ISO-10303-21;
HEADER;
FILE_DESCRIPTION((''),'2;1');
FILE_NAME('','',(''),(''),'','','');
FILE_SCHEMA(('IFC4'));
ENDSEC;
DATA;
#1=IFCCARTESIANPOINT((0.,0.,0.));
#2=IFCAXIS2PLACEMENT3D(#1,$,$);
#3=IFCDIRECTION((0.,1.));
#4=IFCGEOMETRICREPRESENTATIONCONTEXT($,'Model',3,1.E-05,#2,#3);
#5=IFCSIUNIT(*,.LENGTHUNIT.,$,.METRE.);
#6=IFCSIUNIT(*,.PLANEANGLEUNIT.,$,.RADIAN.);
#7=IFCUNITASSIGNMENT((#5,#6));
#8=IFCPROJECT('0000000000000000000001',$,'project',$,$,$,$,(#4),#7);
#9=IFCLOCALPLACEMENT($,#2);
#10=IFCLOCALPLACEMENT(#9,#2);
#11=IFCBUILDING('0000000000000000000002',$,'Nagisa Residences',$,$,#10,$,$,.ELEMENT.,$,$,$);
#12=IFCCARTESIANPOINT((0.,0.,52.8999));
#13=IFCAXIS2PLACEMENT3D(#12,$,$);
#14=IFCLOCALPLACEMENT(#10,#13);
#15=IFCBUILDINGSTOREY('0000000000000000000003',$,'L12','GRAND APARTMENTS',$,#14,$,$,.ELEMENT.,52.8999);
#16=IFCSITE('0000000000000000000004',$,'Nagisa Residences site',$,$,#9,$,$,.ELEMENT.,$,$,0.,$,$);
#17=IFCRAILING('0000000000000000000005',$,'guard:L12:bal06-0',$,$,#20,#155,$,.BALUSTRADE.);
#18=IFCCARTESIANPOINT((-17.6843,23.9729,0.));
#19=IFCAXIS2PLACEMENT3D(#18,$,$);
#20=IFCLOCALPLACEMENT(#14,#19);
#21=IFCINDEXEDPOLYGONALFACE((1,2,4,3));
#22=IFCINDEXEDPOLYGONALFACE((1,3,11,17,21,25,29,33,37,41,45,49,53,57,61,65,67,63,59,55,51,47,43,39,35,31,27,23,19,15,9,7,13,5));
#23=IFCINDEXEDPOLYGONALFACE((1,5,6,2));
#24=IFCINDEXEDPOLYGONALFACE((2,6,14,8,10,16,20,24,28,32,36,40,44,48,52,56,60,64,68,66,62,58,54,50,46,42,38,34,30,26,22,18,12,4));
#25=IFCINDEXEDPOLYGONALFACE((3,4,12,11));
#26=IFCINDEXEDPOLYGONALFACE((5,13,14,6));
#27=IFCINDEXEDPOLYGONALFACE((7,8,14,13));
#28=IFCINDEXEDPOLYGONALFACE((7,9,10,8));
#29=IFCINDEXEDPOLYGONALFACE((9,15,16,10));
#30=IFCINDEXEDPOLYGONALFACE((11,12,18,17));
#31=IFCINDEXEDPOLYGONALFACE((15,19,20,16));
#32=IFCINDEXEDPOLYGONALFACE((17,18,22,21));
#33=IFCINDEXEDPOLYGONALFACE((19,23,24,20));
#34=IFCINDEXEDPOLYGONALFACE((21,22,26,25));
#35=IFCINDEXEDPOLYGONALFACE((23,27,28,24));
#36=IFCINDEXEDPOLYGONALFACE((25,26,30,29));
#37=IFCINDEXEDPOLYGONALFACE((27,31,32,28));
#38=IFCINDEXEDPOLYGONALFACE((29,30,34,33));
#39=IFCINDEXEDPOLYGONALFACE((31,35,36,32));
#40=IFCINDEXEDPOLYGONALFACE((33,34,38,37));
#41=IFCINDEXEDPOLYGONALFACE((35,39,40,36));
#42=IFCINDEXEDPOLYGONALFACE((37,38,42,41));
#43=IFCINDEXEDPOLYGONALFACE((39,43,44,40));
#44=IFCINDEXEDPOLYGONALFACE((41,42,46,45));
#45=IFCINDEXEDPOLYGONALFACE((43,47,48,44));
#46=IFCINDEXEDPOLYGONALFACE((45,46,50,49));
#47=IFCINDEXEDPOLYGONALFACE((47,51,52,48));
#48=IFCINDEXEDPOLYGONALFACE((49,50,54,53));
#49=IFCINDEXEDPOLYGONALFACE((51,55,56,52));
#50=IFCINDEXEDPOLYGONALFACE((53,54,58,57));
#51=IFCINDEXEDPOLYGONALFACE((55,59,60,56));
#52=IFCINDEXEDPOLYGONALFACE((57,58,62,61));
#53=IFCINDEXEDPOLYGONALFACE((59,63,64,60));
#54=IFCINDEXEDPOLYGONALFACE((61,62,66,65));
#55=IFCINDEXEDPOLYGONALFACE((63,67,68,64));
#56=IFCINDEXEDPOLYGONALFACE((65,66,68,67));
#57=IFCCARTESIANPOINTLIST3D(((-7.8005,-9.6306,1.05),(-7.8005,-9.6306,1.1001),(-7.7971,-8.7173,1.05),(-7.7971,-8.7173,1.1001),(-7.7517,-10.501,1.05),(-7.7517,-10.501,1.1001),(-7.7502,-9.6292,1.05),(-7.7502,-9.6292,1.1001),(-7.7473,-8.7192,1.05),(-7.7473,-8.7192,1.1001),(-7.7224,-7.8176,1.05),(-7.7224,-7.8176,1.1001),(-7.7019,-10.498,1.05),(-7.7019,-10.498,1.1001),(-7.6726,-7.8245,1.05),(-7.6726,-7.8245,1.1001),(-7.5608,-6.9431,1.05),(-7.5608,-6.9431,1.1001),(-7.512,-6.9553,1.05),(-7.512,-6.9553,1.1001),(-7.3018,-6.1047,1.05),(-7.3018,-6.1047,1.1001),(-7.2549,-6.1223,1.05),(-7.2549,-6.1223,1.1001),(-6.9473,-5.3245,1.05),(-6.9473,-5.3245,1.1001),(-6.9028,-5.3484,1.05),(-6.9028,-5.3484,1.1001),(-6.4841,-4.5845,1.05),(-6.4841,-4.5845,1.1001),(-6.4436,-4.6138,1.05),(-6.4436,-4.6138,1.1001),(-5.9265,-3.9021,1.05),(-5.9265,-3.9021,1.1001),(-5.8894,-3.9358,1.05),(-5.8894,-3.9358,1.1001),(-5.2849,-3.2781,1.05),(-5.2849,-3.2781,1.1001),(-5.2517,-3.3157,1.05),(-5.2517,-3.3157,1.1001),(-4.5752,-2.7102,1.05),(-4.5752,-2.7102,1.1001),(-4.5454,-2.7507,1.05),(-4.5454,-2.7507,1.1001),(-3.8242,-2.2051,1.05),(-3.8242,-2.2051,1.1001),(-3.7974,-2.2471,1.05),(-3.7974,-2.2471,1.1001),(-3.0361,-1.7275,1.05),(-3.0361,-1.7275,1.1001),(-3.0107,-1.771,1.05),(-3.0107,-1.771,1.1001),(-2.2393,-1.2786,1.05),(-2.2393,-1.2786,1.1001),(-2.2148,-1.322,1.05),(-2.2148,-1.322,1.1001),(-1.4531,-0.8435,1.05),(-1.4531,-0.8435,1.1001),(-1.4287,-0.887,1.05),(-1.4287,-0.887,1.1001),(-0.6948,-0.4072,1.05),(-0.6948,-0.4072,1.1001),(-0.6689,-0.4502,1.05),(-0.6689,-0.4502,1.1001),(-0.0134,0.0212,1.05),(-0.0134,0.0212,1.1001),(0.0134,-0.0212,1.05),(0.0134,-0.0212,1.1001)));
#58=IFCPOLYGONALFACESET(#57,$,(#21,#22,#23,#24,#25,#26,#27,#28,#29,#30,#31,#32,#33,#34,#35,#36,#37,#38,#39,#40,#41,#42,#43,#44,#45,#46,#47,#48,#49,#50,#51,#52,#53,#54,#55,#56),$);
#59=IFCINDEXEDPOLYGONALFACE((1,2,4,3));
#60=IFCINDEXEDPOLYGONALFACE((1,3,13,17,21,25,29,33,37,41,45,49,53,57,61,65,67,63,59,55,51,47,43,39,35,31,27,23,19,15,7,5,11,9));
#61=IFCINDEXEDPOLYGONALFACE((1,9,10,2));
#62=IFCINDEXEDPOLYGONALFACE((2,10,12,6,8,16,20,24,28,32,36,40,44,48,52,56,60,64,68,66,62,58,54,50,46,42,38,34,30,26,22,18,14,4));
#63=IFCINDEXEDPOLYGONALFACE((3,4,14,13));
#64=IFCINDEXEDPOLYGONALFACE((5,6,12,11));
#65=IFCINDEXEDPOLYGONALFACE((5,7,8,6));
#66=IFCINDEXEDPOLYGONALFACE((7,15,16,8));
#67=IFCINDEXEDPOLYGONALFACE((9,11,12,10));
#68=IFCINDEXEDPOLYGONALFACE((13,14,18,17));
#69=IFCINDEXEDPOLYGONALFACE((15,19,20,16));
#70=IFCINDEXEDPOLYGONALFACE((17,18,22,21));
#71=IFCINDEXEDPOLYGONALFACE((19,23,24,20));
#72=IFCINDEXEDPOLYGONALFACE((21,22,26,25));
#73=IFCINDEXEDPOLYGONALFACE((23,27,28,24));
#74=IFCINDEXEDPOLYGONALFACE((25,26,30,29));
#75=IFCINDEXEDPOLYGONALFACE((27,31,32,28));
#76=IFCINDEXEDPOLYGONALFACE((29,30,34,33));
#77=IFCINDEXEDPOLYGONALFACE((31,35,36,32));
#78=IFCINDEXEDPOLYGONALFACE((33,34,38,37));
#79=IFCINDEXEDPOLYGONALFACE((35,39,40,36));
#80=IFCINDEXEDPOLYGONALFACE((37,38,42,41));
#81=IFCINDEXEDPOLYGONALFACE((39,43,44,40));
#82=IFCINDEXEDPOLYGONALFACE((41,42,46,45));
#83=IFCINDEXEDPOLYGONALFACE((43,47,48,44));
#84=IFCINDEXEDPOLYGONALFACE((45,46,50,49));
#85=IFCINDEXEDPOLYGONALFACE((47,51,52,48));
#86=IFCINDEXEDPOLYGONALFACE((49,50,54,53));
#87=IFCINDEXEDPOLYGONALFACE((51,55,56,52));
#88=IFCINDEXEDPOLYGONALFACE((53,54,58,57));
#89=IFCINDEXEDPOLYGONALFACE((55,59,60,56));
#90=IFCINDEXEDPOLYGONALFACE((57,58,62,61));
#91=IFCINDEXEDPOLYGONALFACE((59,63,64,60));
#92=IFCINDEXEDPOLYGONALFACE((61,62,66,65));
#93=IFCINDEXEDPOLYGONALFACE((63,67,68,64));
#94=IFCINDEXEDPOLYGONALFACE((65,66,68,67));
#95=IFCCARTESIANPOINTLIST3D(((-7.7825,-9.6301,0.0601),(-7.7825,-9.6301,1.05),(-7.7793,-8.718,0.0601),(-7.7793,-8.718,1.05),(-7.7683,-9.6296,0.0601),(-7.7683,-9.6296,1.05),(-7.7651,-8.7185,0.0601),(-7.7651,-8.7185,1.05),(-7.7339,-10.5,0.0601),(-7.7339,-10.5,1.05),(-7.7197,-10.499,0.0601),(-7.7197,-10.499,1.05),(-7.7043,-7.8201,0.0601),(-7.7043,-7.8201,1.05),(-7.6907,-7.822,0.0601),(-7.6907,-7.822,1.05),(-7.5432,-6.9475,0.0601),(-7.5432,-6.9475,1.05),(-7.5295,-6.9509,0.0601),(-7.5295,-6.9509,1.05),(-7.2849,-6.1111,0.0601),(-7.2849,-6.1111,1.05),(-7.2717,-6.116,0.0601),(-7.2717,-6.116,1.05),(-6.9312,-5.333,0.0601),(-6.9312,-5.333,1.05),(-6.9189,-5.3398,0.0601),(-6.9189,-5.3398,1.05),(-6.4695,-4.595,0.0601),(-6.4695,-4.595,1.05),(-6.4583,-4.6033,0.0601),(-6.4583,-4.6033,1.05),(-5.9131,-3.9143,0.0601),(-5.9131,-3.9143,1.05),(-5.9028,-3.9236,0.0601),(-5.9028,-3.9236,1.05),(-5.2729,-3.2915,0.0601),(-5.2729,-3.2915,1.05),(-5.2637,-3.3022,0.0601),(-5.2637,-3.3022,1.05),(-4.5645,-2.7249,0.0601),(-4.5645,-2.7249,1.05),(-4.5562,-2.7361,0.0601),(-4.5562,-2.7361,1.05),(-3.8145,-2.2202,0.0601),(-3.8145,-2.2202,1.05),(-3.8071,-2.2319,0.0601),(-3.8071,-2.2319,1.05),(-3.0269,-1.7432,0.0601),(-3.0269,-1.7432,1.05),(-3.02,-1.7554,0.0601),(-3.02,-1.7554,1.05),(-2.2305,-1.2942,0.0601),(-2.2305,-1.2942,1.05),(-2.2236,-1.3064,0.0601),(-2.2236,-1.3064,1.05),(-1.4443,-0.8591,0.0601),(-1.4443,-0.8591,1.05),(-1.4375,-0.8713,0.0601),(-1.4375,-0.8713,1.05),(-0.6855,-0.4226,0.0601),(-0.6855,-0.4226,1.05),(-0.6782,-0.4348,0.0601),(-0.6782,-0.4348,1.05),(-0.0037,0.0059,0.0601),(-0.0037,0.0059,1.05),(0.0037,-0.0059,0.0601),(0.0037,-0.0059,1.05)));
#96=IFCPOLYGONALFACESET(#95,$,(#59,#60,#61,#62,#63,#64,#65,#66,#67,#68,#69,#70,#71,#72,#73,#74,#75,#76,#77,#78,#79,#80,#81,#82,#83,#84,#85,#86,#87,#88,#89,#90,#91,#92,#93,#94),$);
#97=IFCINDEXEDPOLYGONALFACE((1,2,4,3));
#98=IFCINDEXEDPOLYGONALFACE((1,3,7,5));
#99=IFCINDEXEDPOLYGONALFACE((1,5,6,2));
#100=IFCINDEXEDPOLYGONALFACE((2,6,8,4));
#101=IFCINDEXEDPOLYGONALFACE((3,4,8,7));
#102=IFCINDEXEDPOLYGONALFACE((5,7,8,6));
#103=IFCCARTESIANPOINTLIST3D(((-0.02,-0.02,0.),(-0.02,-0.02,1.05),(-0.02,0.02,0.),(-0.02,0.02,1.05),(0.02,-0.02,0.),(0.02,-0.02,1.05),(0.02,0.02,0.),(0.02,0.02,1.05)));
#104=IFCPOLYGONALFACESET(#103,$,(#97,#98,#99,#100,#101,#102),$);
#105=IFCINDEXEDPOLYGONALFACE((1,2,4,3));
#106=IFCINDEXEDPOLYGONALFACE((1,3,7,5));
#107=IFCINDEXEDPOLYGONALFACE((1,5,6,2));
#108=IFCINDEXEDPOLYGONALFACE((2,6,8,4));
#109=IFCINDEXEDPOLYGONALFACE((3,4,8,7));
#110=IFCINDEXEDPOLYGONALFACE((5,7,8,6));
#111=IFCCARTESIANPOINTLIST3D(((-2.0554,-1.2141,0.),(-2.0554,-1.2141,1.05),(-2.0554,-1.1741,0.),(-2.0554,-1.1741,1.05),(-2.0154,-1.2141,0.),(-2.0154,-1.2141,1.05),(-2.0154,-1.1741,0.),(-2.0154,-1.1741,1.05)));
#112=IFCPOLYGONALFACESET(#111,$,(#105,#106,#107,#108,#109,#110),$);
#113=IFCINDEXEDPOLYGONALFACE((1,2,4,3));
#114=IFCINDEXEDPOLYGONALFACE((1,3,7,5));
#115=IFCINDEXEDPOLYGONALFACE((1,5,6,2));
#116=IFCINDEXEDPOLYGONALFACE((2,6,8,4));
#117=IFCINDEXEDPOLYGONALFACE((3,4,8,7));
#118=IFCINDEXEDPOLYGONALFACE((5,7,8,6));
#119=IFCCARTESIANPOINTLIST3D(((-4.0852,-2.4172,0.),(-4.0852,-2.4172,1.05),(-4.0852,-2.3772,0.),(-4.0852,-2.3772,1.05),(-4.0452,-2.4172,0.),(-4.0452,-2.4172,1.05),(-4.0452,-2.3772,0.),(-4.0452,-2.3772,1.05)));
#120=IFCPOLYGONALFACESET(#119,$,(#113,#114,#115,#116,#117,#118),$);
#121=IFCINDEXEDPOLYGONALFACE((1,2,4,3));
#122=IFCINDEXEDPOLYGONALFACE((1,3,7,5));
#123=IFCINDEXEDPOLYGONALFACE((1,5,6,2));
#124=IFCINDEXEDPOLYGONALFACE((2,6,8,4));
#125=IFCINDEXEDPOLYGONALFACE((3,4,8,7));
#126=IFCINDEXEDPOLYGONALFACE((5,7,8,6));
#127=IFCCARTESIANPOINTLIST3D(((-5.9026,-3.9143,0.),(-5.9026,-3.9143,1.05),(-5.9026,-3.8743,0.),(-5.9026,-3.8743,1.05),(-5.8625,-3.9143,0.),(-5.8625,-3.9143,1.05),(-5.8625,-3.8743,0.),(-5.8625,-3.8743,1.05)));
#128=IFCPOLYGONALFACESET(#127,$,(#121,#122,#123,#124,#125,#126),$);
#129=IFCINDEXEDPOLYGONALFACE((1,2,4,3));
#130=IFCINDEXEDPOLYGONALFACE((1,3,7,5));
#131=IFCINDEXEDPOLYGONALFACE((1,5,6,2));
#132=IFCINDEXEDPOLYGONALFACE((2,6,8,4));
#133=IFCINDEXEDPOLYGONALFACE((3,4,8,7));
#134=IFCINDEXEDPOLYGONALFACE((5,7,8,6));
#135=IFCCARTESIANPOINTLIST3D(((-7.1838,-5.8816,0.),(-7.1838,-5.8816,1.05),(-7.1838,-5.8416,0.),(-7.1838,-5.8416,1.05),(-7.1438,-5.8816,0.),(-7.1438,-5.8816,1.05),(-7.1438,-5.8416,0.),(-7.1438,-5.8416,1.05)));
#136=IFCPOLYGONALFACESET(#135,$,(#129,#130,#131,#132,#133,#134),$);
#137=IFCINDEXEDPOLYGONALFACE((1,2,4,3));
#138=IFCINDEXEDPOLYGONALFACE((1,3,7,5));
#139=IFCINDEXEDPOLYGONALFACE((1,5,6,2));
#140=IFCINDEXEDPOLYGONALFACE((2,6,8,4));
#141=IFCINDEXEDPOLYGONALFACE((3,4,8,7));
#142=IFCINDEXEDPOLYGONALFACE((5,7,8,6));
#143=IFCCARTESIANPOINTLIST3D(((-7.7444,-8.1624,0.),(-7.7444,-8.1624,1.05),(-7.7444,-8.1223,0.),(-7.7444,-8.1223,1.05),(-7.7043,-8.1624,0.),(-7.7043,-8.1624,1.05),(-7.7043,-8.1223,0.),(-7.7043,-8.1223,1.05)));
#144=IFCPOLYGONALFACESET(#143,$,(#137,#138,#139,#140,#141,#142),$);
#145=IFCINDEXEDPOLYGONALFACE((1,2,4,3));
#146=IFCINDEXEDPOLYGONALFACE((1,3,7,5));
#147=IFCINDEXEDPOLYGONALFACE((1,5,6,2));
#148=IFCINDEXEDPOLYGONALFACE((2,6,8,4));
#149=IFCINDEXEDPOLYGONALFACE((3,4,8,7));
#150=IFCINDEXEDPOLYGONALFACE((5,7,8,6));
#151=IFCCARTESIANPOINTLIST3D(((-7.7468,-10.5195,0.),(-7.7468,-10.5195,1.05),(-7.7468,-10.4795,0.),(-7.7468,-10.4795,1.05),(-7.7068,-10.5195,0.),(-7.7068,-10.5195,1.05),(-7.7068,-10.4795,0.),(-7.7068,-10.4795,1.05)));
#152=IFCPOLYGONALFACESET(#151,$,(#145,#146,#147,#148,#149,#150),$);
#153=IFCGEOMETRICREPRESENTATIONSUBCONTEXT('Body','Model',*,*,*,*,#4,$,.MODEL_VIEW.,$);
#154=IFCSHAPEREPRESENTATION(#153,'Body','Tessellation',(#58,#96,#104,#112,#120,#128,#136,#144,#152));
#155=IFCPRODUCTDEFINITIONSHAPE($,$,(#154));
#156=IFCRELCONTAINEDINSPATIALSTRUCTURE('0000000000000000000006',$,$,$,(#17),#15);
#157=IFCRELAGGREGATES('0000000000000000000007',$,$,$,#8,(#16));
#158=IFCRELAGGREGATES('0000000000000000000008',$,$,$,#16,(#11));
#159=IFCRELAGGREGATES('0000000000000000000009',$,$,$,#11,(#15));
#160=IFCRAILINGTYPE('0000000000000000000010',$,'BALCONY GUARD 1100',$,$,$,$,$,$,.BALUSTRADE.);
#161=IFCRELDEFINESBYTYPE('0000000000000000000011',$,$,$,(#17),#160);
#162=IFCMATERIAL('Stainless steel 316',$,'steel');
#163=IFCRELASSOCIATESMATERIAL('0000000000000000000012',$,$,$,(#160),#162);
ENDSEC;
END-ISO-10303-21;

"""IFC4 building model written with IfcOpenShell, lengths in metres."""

from ifc_helpers import new_model, si_unit, direction, frame, origin, origin_2d, place, context, subcontext, project, spatial, polyline, rectangle, outline, extrude, material, type_object, element, save


model = new_model("IFC4")

# Units and contexts
model_context = context("Model", 3, precision=1e-05, world=origin(), true_north=direction((0.0, 1.0)))
body_context = subcontext(model_context, "Body", "Model", "MODEL_VIEW")
ifc_project = project(units=[si_unit("LENGTHUNIT", "METRE"), si_unit("PLANEANGLEUNIT", "RADIAN")], contexts=[model_context])

# Site, building, storey
site_placement = place(None, origin())
site = spatial("IfcSite", under=ifc_project, at=site_placement, Name="Nagisa Residences site", CompositionType="ELEMENT", RefElevation=0.0)
building_placement = place(site_placement, origin())
building = spatial("IfcBuilding", under=site, at=building_placement, Name="Nagisa Residences", CompositionType="ELEMENT")
storey_placement = place(building_placement, frame((0.0, 0.0, 52.8999)))
storey = spatial("IfcBuildingStorey", under=building, at=storey_placement, Name="L12", Description="GRAND APARTMENTS", CompositionType="ELEMENT", Elevation=52.8999)

# Railing
ifc_material_1 = material(Name="Stainless steel 316", Category="steel")
railing_type = type_object("IfcRailingType", Name="BALCONY GUARD 1100", PredefinedType="BALUSTRADE", material=ifc_material_1)
railing_1_placement = place(storey_placement, frame((-17.6843, 23.9729, 0.0)))
element("IfcRailing", 1, at=railing_1_placement, inside=storey, type_object=railing_type, Name="guard:L12:bal06-0", PredefinedType="BALUSTRADE", context=body_context, shape_type="SweptSolid", body=[
    extrude(outline(polyline([(-0.6689, -0.4502), (0.0134, -0.0212), (-0.0134, 0.0212), (-0.6948, -0.4072), (-1.4531, -0.8435), (-2.2393, -1.2786), (-3.0361, -1.7275), (-3.8242, -2.2051), (-4.5752, -2.7102), (-5.2849, -3.2781), (-5.9265, -3.9021), (-6.4841, -4.5845), (-6.9473, -5.3245), (-7.3018, -6.1047), (-7.5608, -6.9431), (-7.7224, -7.8176), (-7.7971, -8.7173), (-7.8005, -9.6306), (-7.7517, -10.501), (-7.7019, -10.498), (-7.7502, -9.6292), (-7.7473, -8.7192), (-7.6726, -7.8245), (-7.512, -6.9553), (-7.2549, -6.1223), (-6.9028, -5.3484), (-6.4436, -4.6138), (-5.8894, -3.9358), (-5.2517, -3.3157), (-4.5454, -2.7507), (-3.7974, -2.2471), (-3.0107, -1.771), (-2.2148, -1.322), (-1.4287, -0.887), (-0.6689, -0.4502)])), frame((0.0, 0.0, 1.05)), (0.0, 0.0, 1.0), 0.05),
    extrude(outline(polyline([(-0.6782, -0.4348), (0.0037, -0.0059), (-0.0037, 0.0059), (-0.6855, -0.4226), (-1.4443, -0.8591), (-2.2305, -1.2942), (-3.0269, -1.7432), (-3.8145, -2.2202), (-4.5645, -2.7249), (-5.2729, -3.2915), (-5.9131, -3.9143), (-6.4695, -4.595), (-6.9312, -5.333), (-7.2849, -6.1111), (-7.5432, -6.9475), (-7.7043, -7.8201), (-7.7793, -8.718), (-7.7825, -9.6301), (-7.7339, -10.5), (-7.7197, -10.499), (-7.7683, -9.6296), (-7.7651, -8.7185), (-7.6907, -7.822), (-7.5295, -6.9509), (-7.2717, -6.116), (-6.9189, -5.3398), (-6.4583, -4.6033), (-5.9028, -3.9236), (-5.2637, -3.3022), (-4.5562, -2.7361), (-3.8071, -2.2319), (-3.02, -1.7554), (-2.2236, -1.3064), (-1.4375, -0.8713), (-0.6782, -0.4348)])), frame((0.0, 0.0, 0.0601)), (0.0, 0.0, 1.0), 0.99),
    extrude(rectangle(XDim=0.04, YDim=0.04, at=origin_2d()), origin(), (0.0, 0.0, 1.0), 1.05),
    extrude(rectangle(XDim=0.04, YDim=0.04, at=origin_2d()), frame((-2.0354, -1.1941, 0.0)), (0.0, 0.0, 1.0), 1.05),
    extrude(rectangle(XDim=0.04, YDim=0.04, at=origin_2d()), frame((-4.0652, -2.3972, 0.0)), (0.0, 0.0, 1.0), 1.05),
    extrude(rectangle(XDim=0.04, YDim=0.04, at=origin_2d()), frame((-5.8826, -3.8943, 0.0)), (0.0, 0.0, 1.0), 1.05),
    extrude(rectangle(XDim=0.04, YDim=0.04, at=origin_2d()), frame((-7.1638, -5.8616, 0.0)), (0.0, 0.0, 1.0), 1.05),
    extrude(rectangle(XDim=0.04, YDim=0.04, at=origin_2d()), frame((-7.7244, -8.1423, 0.0)), (0.0, 0.0, 1.0), 1.05),
    extrude(rectangle(XDim=0.04, YDim=0.04, at=origin_2d()), frame((-7.7268, -10.4995, 0.0)), (0.0, 0.0, 1.0), 1.05),
])

save(model, "model.ifc")
